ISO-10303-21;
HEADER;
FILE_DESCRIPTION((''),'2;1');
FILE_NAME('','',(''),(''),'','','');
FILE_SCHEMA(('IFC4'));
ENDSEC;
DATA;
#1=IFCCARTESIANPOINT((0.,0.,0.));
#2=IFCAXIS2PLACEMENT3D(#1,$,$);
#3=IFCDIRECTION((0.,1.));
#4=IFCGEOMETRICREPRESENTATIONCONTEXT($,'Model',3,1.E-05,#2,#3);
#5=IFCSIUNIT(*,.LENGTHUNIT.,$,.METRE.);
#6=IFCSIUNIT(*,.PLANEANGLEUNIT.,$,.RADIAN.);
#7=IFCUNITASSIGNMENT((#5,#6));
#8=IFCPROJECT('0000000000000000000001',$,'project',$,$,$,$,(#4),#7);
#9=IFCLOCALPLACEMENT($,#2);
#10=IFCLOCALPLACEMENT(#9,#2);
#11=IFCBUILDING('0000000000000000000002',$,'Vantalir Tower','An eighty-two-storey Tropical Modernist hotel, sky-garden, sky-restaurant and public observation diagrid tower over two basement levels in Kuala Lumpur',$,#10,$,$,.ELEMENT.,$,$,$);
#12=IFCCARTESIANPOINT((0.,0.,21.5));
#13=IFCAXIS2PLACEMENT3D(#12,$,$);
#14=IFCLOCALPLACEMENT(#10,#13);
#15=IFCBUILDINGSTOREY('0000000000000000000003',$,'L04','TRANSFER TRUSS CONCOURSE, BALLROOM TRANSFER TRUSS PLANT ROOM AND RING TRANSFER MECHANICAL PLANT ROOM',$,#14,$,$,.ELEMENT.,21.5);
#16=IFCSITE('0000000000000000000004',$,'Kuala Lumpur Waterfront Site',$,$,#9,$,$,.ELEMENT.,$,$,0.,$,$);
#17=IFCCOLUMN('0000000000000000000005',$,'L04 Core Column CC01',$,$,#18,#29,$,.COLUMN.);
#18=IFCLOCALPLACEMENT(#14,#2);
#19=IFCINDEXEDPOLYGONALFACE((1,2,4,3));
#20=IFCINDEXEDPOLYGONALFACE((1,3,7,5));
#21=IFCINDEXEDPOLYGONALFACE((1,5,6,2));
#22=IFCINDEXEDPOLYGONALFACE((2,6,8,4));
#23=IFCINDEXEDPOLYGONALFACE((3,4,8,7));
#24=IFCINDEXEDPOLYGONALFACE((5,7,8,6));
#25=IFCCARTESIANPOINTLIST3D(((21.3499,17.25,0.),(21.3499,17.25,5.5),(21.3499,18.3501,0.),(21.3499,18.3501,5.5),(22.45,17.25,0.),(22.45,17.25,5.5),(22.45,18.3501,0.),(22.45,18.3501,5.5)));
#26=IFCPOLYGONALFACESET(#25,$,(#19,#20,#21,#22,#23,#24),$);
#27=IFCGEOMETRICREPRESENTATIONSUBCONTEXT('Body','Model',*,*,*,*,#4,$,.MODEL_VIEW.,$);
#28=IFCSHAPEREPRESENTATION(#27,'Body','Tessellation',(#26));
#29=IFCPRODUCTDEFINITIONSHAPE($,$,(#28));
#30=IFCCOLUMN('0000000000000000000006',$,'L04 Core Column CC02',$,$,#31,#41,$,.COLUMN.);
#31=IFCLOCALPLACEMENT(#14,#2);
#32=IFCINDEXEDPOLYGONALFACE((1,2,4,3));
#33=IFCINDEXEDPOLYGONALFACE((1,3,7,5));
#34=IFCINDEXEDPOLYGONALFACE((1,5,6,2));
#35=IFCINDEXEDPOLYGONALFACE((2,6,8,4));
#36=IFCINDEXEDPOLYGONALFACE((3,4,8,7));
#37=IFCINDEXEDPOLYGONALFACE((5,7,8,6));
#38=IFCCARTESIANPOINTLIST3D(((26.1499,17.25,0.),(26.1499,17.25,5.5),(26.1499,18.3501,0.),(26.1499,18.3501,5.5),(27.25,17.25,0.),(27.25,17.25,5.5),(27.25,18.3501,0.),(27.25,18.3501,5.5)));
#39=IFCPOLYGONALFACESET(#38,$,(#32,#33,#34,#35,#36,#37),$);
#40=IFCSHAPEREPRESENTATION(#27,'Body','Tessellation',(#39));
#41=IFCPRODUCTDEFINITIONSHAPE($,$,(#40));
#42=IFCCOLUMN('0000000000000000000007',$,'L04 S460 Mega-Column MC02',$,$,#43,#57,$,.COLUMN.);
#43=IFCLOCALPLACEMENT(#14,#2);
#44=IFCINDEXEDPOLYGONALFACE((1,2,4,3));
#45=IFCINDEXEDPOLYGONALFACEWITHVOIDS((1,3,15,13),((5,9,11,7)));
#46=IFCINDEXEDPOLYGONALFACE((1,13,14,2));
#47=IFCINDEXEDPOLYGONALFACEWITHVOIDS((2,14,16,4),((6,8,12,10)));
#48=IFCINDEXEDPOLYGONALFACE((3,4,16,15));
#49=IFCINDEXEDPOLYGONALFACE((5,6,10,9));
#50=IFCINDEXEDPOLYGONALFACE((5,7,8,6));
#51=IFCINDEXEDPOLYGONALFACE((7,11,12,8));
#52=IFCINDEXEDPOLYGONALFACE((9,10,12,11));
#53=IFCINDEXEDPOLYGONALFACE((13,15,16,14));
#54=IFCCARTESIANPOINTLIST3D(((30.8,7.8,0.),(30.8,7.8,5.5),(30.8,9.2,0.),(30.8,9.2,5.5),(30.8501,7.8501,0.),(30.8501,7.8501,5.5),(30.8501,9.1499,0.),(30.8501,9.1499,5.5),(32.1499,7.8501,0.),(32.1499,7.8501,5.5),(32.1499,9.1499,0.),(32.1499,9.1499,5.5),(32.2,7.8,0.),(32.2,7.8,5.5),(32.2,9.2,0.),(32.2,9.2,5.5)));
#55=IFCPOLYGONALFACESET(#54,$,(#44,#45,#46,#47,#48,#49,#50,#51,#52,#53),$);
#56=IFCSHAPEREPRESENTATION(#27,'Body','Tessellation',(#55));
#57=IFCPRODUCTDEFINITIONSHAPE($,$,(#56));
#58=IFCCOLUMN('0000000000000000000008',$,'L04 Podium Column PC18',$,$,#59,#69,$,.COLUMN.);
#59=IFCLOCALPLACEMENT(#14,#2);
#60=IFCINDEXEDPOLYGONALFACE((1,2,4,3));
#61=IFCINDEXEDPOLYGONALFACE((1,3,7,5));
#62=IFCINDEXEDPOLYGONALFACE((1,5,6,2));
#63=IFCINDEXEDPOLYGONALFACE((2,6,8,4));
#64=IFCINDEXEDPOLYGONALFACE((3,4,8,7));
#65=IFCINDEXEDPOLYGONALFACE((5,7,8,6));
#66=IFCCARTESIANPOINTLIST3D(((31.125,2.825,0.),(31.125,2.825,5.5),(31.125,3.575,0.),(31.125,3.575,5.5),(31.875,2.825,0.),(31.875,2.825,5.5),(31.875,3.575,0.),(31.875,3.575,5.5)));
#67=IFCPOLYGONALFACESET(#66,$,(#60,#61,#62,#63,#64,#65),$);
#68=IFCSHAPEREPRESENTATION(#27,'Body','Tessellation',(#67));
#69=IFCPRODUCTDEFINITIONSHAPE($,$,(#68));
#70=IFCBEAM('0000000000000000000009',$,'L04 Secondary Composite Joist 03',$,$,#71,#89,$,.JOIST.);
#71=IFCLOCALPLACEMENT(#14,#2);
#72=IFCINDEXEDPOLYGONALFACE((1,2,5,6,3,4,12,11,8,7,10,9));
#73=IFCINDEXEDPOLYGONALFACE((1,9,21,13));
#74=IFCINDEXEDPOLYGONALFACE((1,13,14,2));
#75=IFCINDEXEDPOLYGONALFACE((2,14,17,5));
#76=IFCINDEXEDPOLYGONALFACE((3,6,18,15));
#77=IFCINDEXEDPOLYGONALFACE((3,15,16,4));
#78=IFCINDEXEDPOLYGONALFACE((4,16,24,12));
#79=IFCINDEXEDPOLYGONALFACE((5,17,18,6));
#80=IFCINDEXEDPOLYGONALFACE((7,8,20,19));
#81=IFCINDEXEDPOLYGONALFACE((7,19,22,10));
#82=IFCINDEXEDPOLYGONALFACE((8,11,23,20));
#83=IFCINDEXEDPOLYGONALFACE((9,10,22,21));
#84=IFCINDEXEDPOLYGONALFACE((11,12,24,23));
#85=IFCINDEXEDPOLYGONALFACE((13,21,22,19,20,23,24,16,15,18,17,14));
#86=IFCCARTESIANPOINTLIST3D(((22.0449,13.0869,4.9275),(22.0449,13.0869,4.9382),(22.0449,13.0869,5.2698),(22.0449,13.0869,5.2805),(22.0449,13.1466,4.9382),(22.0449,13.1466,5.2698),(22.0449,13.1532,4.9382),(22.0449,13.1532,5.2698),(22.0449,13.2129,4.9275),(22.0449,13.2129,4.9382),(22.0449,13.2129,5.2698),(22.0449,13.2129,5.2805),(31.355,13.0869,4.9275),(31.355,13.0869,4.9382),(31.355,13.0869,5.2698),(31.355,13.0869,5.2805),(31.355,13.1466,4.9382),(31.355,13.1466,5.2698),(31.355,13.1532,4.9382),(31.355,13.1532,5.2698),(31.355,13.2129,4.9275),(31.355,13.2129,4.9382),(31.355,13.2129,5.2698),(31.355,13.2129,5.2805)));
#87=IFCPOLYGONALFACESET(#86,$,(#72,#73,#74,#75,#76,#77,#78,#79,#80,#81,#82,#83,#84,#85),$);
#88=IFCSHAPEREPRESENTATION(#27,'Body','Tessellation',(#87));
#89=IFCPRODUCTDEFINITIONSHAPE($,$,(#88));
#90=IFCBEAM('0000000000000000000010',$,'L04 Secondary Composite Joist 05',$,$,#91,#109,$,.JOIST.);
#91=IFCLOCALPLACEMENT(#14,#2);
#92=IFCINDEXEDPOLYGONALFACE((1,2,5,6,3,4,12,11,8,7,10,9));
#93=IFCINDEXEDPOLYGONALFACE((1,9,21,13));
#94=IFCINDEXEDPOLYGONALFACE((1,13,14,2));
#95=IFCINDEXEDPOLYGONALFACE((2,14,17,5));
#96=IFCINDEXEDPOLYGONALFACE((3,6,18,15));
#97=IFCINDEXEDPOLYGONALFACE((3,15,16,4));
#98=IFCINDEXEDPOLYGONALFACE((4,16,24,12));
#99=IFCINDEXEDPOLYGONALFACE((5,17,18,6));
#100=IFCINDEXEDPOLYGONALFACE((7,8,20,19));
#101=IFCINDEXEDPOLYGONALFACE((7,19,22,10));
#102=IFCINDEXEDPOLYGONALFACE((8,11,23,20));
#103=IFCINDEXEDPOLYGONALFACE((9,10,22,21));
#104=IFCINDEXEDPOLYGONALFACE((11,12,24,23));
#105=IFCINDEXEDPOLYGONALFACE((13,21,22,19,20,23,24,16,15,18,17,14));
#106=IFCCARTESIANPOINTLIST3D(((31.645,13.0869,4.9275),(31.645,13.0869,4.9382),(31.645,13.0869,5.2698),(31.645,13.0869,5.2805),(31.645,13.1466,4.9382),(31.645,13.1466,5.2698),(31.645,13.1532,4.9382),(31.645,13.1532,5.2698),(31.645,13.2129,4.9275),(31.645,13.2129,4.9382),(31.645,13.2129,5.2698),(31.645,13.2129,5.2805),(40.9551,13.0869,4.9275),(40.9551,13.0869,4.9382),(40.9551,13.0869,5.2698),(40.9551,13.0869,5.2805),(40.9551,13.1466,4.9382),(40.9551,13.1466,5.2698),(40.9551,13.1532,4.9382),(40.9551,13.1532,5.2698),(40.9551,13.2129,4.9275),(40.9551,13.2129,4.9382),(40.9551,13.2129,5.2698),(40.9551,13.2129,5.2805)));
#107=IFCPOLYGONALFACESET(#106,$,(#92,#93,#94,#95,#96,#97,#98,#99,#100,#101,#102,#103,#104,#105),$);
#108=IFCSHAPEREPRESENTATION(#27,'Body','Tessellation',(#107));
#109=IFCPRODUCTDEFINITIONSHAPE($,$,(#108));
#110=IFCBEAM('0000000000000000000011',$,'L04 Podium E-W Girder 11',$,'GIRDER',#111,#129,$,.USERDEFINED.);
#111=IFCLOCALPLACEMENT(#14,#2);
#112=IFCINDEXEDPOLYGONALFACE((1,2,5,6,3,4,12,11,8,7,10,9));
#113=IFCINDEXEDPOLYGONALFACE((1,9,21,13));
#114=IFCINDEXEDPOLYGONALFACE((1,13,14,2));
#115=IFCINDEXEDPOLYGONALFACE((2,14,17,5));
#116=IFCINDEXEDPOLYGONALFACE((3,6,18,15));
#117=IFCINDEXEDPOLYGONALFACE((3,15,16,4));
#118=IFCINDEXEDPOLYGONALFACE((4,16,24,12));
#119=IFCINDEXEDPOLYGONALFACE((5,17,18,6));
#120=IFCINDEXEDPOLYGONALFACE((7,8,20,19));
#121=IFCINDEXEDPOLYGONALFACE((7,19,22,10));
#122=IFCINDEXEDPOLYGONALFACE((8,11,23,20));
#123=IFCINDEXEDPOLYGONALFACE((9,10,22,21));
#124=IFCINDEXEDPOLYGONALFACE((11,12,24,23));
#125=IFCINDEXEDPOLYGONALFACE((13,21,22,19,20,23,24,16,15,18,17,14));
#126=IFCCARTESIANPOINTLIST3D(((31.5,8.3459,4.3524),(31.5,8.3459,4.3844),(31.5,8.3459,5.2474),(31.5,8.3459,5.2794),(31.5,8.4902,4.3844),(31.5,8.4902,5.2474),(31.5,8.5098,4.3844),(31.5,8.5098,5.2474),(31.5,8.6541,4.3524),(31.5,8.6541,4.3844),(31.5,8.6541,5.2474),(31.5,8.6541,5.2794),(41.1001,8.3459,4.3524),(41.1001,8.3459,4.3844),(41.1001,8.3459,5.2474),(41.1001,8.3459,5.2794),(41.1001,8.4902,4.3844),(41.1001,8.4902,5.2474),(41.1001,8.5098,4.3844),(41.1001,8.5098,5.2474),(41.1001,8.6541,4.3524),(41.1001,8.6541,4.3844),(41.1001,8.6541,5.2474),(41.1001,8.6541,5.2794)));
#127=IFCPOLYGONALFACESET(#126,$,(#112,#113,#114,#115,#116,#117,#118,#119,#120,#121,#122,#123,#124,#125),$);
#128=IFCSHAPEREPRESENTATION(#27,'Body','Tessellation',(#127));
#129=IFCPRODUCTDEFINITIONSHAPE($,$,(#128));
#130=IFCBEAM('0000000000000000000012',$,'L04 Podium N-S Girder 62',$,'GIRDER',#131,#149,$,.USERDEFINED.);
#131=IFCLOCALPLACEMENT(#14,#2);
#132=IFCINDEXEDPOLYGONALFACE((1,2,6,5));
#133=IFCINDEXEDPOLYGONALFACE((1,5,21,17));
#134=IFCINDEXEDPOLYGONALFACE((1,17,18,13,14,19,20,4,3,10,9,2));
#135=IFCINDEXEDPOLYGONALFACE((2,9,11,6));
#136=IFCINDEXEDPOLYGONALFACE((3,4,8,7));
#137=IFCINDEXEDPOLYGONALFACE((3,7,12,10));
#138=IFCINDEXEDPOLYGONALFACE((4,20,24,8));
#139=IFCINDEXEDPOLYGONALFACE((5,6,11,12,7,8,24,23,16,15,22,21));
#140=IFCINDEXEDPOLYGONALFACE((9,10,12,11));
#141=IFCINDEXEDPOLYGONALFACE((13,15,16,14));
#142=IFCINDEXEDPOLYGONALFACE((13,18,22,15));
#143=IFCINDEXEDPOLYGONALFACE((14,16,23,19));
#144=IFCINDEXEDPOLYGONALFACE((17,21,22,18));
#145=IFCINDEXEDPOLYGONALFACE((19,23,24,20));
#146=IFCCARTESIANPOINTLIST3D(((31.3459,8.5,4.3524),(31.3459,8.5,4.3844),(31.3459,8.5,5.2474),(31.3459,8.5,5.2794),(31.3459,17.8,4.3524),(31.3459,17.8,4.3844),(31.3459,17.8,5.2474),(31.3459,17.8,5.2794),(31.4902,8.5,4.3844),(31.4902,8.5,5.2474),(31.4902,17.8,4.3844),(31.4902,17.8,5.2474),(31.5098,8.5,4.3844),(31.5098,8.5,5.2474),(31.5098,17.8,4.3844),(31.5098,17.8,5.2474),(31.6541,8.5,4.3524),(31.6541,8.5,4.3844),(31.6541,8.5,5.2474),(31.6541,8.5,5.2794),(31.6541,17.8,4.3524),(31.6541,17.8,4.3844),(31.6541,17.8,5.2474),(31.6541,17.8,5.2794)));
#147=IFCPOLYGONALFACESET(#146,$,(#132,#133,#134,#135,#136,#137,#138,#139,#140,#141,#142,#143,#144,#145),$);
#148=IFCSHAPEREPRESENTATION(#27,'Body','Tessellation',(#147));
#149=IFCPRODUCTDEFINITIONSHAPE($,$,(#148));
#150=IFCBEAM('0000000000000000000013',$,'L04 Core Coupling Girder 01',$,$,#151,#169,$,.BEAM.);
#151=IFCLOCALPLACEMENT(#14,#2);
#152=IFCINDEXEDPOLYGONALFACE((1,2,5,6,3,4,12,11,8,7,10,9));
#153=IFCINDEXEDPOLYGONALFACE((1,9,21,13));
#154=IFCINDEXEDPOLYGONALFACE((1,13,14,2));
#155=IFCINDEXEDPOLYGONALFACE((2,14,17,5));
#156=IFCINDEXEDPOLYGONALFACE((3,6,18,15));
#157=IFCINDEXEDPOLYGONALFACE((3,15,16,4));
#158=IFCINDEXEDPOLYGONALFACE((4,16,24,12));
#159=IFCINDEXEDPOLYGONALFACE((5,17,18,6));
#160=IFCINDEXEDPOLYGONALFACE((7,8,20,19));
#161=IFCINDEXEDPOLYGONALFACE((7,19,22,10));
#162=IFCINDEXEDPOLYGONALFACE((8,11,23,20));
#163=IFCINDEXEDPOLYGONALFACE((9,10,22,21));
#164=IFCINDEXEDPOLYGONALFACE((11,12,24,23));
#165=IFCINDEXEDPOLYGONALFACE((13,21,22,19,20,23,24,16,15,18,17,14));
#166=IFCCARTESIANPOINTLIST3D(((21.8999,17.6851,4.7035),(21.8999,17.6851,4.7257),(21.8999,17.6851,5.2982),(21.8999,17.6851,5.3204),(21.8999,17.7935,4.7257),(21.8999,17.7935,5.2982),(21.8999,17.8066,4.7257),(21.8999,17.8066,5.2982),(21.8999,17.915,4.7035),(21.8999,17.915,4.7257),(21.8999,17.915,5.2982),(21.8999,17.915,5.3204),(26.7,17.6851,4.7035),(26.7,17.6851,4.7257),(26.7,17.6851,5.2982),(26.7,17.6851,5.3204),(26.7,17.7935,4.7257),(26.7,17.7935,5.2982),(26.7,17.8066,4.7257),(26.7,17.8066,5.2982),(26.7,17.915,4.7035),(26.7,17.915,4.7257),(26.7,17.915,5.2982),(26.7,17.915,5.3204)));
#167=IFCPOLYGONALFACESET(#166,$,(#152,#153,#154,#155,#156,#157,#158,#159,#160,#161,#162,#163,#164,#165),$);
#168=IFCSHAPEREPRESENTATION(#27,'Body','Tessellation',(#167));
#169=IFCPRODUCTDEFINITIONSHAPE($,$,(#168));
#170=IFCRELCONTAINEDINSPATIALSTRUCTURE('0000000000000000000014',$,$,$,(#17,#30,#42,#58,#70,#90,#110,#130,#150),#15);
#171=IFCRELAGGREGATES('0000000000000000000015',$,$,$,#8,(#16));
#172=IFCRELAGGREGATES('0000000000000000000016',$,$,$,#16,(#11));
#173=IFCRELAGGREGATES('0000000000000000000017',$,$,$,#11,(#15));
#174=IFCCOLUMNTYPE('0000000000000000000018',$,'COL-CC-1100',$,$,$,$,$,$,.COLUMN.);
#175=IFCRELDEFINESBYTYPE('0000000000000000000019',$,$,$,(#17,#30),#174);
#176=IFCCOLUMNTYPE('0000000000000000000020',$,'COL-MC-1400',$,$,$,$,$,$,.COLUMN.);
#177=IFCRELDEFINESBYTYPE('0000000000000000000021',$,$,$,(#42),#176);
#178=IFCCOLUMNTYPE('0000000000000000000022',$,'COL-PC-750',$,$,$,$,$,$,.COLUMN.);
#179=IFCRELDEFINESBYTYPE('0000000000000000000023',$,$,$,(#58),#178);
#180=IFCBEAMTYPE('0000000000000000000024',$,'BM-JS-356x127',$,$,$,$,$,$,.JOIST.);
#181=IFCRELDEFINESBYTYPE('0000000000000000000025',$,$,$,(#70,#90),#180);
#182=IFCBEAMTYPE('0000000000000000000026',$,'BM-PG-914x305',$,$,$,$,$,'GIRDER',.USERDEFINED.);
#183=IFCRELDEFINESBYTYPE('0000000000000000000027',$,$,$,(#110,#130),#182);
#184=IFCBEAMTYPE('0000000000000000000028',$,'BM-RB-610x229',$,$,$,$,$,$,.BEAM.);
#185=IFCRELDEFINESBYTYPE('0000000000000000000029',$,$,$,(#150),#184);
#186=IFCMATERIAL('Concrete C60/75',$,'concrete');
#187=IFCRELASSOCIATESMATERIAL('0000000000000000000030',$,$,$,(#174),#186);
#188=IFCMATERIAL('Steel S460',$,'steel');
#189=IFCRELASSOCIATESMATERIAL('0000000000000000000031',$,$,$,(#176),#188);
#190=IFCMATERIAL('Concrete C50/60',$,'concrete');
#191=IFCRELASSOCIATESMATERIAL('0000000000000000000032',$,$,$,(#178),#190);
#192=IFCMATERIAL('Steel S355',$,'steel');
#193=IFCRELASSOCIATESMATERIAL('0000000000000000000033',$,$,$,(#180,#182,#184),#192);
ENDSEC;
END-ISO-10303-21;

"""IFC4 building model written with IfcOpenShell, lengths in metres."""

from ifc_helpers import new_model, si_unit, direction, frame, origin, origin_2d, place, context, subcontext, project, spatial, rectangle, hollow_rectangle, i_section, extrude, material, material_profile, profile_set, type_object, element, save


model = new_model("IFC4")

# Units and contexts
model_context = context("Model", 3, precision=1e-05, world=origin(), true_north=direction((0.0, 1.0)))
body_context = subcontext(model_context, "Body", "Model", "MODEL_VIEW")
ifc_project = project(units=[si_unit("LENGTHUNIT", "METRE"), si_unit("PLANEANGLEUNIT", "RADIAN")], contexts=[model_context])

# Site, building, storey
site_placement = place(None, origin())
site = spatial("IfcSite", under=ifc_project, at=site_placement, Name="Kuala Lumpur Waterfront Site", CompositionType="ELEMENT", RefElevation=0.0)
building_placement = place(site_placement, origin())
building = spatial("IfcBuilding", under=site, at=building_placement, Name="Vantalir Tower", Description="An eighty-two-storey Tropical Modernist hotel, sky-garden, sky-restaurant and public observation diagrid tower over two basement levels in Kuala Lumpur", CompositionType="ELEMENT")
storey_placement = place(building_placement, frame((0.0, 0.0, 21.5)))
storey = spatial("IfcBuildingStorey", under=building, at=storey_placement, Name="L04", Description="TRANSFER TRUSS CONCOURSE, BALLROOM TRANSFER TRUSS PLANT ROOM AND RING TRANSFER MECHANICAL PLANT ROOM", CompositionType="ELEMENT", Elevation=21.5)

# Columns
ifc_material_1 = material(Name="Concrete C60/75", Category="concrete")
ifc_material_profile_1 = material_profile(ifc_material_1, rectangle(XDim=1.1001, YDim=1.1001, at=origin_2d()), Name="Concrete C60/75")
ifc_profile_set_1 = profile_set([ifc_material_profile_1], Name="Concrete C60/75")
column_type_1 = type_object("IfcColumnType", Name="COL-CC-1100", PredefinedType="COLUMN", material=ifc_profile_set_1)
for number, where, z_axis, x_axis, name in (
    (1, (21.8999, 17.8, 0.0), (0.0, 0.0, 1.0), (1.0, 0.0, 0.0), "L04 Core Column CC01"),
    (2, (26.7, 17.8, 0.0), (0.0, 0.0, 1.0), (1.0, 0.0, 0.0), "L04 Core Column CC02"),
):
    element("IfcColumn", number, at=place(storey_placement, frame(where, z_axis=z_axis, x_axis=x_axis)), inside=storey, type_object=column_type_1, Name=name, PredefinedType="COLUMN", context=body_context, shape_type="SweptSolid", body=[
        extrude(rectangle(XDim=1.1001, YDim=1.1001, at=origin_2d()), origin(), (0.0, 0.0, 1.0), 5.5),
    ])
ifc_material_2 = material(Name="Steel S460", Category="steel")
ifc_material_profile_2 = material_profile(ifc_material_2, hollow_rectangle(XDim=1.3999, YDim=1.3999, WallThickness=0.05, at=origin_2d()), Name="Steel S460")
ifc_profile_set_2 = profile_set([ifc_material_profile_2], Name="Steel S460")
column_type_2 = type_object("IfcColumnType", Name="COL-MC-1400", PredefinedType="COLUMN", material=ifc_profile_set_2)
column_1_placement = place(storey_placement, frame((31.5, 8.5, 0.0), z_axis=(0.0, 0.0, 1.0), x_axis=(1.0, 0.0, 0.0)))
element("IfcColumn", 3, at=column_1_placement, inside=storey, type_object=column_type_2, Name="L04 S460 Mega-Column MC02", PredefinedType="COLUMN", context=body_context, shape_type="SweptSolid", body=[
    extrude(hollow_rectangle(XDim=1.3999, YDim=1.3999, WallThickness=0.05, at=origin_2d()), origin(), (0.0, 0.0, 1.0), 5.5),
])
ifc_material_3 = material(Name="Concrete C50/60", Category="concrete")
ifc_material_profile_3 = material_profile(ifc_material_3, rectangle(XDim=0.75, YDim=0.75, at=origin_2d()), Name="Concrete C50/60")
ifc_profile_set_3 = profile_set([ifc_material_profile_3], Name="Concrete C50/60")
column_type_3 = type_object("IfcColumnType", Name="COL-PC-750", PredefinedType="COLUMN", material=ifc_profile_set_3)
column_2_placement = place(storey_placement, frame((31.5, 3.2, 0.0), z_axis=(0.0, 0.0, 1.0), x_axis=(1.0, 0.0, 0.0)))
element("IfcColumn", 4, at=column_2_placement, inside=storey, type_object=column_type_3, Name="L04 Podium Column PC18", PredefinedType="COLUMN", context=body_context, shape_type="SweptSolid", body=[
    extrude(rectangle(XDim=0.75, YDim=0.75, at=origin_2d()), origin(), (0.0, 0.0, 1.0), 5.5),
])

# Beams
ifc_material_4 = material(Name="Steel S355", Category="steel")
ifc_material_profile_4 = material_profile(ifc_material_4, i_section(OverallWidth=0.126, OverallDepth=0.353, WebThickness=0.0066, FlangeThickness=0.0107, at=origin_2d()), Name="Steel S355")
ifc_profile_set_4 = profile_set([ifc_material_profile_4], Name="Steel S355")
beam_type_1 = type_object("IfcBeamType", Name="BM-JS-356x127", PredefinedType="JOIST", material=ifc_profile_set_4)
for number, where, z_axis, x_axis, name in (
    (5, (22.0449, 13.1499, 5.104), (1.0, 0.0, 0.0), (0.0, 1.0, 0.0), "L04 Secondary Composite Joist 03"),
    (6, (31.645, 13.1499, 5.104), (1.0, 0.0, 0.0), (0.0, 1.0, 0.0), "L04 Secondary Composite Joist 05"),
):
    element("IfcBeam", number, at=place(storey_placement, frame(where, z_axis=z_axis, x_axis=x_axis)), inside=storey, type_object=beam_type_1, Name=name, PredefinedType="JOIST", context=body_context, shape_type="SweptSolid", body=[
        extrude(i_section(OverallWidth=0.126, OverallDepth=0.353, WebThickness=0.0066, FlangeThickness=0.0107, at=origin_2d()), origin(), (0.0, 0.0, 1.0), 9.3101),
    ])
ifc_material_profile_5 = material_profile(ifc_material_4, i_section(OverallWidth=0.3081, OverallDepth=0.927, WebThickness=0.0195, FlangeThickness=0.032, at=origin_2d()), Name="Steel S355")
ifc_profile_set_5 = profile_set([ifc_material_profile_5], Name="Steel S355")
beam_type_2 = type_object("IfcBeamType", Name="BM-PG-914x305", ElementType="GIRDER", PredefinedType="USERDEFINED", material=ifc_profile_set_5)
beam_1_placement = place(storey_placement, frame((31.5, 8.5, 4.8159), z_axis=(1.0, 0.0, 0.0), x_axis=(0.0, 1.0, 0.0)))
element("IfcBeam", 7, at=beam_1_placement, inside=storey, type_object=beam_type_2, Name="L04 Podium E-W Girder 11", ObjectType="GIRDER", PredefinedType="USERDEFINED", context=body_context, shape_type="SweptSolid", body=[
    extrude(i_section(OverallWidth=0.3081, OverallDepth=0.927, WebThickness=0.0195, FlangeThickness=0.032, at=origin_2d()), origin(), (0.0, 0.0, 1.0), 9.6001),
])
beam_2_placement = place(storey_placement, frame((31.5, 8.5, 4.8159), z_axis=(0.0, 1.0, 0.0), x_axis=(-1.0, 0.0, 0.0)))
element("IfcBeam", 8, at=beam_2_placement, inside=storey, type_object=beam_type_2, Name="L04 Podium N-S Girder 62", ObjectType="GIRDER", PredefinedType="USERDEFINED", context=body_context, shape_type="SweptSolid", body=[
    extrude(i_section(OverallWidth=0.3081, OverallDepth=0.927, WebThickness=0.0195, FlangeThickness=0.032, at=origin_2d()), origin(), (0.0, 0.0, 1.0), 9.3),
])
ifc_material_profile_6 = material_profile(ifc_material_4, i_section(OverallWidth=0.23, OverallDepth=0.6169, WebThickness=0.0132, FlangeThickness=0.0222, at=origin_2d()), Name="Steel S355")
ifc_profile_set_6 = profile_set([ifc_material_profile_6], Name="Steel S355")
beam_type_3 = type_object("IfcBeamType", Name="BM-RB-610x229", PredefinedType="BEAM", material=ifc_profile_set_6)
beam_3_placement = place(storey_placement, frame((21.8999, 17.8, 5.012), z_axis=(1.0, 0.0, 0.0), x_axis=(0.0, 1.0, 0.0)))
element("IfcBeam", 9, at=beam_3_placement, inside=storey, type_object=beam_type_3, Name="L04 Core Coupling Girder 01", PredefinedType="BEAM", context=body_context, shape_type="SweptSolid", body=[
    extrude(i_section(OverallWidth=0.23, OverallDepth=0.6169, WebThickness=0.0132, FlangeThickness=0.0222, at=origin_2d()), origin(), (0.0, 0.0, 1.0), 4.8),
])

save(model, "model.ifc")
